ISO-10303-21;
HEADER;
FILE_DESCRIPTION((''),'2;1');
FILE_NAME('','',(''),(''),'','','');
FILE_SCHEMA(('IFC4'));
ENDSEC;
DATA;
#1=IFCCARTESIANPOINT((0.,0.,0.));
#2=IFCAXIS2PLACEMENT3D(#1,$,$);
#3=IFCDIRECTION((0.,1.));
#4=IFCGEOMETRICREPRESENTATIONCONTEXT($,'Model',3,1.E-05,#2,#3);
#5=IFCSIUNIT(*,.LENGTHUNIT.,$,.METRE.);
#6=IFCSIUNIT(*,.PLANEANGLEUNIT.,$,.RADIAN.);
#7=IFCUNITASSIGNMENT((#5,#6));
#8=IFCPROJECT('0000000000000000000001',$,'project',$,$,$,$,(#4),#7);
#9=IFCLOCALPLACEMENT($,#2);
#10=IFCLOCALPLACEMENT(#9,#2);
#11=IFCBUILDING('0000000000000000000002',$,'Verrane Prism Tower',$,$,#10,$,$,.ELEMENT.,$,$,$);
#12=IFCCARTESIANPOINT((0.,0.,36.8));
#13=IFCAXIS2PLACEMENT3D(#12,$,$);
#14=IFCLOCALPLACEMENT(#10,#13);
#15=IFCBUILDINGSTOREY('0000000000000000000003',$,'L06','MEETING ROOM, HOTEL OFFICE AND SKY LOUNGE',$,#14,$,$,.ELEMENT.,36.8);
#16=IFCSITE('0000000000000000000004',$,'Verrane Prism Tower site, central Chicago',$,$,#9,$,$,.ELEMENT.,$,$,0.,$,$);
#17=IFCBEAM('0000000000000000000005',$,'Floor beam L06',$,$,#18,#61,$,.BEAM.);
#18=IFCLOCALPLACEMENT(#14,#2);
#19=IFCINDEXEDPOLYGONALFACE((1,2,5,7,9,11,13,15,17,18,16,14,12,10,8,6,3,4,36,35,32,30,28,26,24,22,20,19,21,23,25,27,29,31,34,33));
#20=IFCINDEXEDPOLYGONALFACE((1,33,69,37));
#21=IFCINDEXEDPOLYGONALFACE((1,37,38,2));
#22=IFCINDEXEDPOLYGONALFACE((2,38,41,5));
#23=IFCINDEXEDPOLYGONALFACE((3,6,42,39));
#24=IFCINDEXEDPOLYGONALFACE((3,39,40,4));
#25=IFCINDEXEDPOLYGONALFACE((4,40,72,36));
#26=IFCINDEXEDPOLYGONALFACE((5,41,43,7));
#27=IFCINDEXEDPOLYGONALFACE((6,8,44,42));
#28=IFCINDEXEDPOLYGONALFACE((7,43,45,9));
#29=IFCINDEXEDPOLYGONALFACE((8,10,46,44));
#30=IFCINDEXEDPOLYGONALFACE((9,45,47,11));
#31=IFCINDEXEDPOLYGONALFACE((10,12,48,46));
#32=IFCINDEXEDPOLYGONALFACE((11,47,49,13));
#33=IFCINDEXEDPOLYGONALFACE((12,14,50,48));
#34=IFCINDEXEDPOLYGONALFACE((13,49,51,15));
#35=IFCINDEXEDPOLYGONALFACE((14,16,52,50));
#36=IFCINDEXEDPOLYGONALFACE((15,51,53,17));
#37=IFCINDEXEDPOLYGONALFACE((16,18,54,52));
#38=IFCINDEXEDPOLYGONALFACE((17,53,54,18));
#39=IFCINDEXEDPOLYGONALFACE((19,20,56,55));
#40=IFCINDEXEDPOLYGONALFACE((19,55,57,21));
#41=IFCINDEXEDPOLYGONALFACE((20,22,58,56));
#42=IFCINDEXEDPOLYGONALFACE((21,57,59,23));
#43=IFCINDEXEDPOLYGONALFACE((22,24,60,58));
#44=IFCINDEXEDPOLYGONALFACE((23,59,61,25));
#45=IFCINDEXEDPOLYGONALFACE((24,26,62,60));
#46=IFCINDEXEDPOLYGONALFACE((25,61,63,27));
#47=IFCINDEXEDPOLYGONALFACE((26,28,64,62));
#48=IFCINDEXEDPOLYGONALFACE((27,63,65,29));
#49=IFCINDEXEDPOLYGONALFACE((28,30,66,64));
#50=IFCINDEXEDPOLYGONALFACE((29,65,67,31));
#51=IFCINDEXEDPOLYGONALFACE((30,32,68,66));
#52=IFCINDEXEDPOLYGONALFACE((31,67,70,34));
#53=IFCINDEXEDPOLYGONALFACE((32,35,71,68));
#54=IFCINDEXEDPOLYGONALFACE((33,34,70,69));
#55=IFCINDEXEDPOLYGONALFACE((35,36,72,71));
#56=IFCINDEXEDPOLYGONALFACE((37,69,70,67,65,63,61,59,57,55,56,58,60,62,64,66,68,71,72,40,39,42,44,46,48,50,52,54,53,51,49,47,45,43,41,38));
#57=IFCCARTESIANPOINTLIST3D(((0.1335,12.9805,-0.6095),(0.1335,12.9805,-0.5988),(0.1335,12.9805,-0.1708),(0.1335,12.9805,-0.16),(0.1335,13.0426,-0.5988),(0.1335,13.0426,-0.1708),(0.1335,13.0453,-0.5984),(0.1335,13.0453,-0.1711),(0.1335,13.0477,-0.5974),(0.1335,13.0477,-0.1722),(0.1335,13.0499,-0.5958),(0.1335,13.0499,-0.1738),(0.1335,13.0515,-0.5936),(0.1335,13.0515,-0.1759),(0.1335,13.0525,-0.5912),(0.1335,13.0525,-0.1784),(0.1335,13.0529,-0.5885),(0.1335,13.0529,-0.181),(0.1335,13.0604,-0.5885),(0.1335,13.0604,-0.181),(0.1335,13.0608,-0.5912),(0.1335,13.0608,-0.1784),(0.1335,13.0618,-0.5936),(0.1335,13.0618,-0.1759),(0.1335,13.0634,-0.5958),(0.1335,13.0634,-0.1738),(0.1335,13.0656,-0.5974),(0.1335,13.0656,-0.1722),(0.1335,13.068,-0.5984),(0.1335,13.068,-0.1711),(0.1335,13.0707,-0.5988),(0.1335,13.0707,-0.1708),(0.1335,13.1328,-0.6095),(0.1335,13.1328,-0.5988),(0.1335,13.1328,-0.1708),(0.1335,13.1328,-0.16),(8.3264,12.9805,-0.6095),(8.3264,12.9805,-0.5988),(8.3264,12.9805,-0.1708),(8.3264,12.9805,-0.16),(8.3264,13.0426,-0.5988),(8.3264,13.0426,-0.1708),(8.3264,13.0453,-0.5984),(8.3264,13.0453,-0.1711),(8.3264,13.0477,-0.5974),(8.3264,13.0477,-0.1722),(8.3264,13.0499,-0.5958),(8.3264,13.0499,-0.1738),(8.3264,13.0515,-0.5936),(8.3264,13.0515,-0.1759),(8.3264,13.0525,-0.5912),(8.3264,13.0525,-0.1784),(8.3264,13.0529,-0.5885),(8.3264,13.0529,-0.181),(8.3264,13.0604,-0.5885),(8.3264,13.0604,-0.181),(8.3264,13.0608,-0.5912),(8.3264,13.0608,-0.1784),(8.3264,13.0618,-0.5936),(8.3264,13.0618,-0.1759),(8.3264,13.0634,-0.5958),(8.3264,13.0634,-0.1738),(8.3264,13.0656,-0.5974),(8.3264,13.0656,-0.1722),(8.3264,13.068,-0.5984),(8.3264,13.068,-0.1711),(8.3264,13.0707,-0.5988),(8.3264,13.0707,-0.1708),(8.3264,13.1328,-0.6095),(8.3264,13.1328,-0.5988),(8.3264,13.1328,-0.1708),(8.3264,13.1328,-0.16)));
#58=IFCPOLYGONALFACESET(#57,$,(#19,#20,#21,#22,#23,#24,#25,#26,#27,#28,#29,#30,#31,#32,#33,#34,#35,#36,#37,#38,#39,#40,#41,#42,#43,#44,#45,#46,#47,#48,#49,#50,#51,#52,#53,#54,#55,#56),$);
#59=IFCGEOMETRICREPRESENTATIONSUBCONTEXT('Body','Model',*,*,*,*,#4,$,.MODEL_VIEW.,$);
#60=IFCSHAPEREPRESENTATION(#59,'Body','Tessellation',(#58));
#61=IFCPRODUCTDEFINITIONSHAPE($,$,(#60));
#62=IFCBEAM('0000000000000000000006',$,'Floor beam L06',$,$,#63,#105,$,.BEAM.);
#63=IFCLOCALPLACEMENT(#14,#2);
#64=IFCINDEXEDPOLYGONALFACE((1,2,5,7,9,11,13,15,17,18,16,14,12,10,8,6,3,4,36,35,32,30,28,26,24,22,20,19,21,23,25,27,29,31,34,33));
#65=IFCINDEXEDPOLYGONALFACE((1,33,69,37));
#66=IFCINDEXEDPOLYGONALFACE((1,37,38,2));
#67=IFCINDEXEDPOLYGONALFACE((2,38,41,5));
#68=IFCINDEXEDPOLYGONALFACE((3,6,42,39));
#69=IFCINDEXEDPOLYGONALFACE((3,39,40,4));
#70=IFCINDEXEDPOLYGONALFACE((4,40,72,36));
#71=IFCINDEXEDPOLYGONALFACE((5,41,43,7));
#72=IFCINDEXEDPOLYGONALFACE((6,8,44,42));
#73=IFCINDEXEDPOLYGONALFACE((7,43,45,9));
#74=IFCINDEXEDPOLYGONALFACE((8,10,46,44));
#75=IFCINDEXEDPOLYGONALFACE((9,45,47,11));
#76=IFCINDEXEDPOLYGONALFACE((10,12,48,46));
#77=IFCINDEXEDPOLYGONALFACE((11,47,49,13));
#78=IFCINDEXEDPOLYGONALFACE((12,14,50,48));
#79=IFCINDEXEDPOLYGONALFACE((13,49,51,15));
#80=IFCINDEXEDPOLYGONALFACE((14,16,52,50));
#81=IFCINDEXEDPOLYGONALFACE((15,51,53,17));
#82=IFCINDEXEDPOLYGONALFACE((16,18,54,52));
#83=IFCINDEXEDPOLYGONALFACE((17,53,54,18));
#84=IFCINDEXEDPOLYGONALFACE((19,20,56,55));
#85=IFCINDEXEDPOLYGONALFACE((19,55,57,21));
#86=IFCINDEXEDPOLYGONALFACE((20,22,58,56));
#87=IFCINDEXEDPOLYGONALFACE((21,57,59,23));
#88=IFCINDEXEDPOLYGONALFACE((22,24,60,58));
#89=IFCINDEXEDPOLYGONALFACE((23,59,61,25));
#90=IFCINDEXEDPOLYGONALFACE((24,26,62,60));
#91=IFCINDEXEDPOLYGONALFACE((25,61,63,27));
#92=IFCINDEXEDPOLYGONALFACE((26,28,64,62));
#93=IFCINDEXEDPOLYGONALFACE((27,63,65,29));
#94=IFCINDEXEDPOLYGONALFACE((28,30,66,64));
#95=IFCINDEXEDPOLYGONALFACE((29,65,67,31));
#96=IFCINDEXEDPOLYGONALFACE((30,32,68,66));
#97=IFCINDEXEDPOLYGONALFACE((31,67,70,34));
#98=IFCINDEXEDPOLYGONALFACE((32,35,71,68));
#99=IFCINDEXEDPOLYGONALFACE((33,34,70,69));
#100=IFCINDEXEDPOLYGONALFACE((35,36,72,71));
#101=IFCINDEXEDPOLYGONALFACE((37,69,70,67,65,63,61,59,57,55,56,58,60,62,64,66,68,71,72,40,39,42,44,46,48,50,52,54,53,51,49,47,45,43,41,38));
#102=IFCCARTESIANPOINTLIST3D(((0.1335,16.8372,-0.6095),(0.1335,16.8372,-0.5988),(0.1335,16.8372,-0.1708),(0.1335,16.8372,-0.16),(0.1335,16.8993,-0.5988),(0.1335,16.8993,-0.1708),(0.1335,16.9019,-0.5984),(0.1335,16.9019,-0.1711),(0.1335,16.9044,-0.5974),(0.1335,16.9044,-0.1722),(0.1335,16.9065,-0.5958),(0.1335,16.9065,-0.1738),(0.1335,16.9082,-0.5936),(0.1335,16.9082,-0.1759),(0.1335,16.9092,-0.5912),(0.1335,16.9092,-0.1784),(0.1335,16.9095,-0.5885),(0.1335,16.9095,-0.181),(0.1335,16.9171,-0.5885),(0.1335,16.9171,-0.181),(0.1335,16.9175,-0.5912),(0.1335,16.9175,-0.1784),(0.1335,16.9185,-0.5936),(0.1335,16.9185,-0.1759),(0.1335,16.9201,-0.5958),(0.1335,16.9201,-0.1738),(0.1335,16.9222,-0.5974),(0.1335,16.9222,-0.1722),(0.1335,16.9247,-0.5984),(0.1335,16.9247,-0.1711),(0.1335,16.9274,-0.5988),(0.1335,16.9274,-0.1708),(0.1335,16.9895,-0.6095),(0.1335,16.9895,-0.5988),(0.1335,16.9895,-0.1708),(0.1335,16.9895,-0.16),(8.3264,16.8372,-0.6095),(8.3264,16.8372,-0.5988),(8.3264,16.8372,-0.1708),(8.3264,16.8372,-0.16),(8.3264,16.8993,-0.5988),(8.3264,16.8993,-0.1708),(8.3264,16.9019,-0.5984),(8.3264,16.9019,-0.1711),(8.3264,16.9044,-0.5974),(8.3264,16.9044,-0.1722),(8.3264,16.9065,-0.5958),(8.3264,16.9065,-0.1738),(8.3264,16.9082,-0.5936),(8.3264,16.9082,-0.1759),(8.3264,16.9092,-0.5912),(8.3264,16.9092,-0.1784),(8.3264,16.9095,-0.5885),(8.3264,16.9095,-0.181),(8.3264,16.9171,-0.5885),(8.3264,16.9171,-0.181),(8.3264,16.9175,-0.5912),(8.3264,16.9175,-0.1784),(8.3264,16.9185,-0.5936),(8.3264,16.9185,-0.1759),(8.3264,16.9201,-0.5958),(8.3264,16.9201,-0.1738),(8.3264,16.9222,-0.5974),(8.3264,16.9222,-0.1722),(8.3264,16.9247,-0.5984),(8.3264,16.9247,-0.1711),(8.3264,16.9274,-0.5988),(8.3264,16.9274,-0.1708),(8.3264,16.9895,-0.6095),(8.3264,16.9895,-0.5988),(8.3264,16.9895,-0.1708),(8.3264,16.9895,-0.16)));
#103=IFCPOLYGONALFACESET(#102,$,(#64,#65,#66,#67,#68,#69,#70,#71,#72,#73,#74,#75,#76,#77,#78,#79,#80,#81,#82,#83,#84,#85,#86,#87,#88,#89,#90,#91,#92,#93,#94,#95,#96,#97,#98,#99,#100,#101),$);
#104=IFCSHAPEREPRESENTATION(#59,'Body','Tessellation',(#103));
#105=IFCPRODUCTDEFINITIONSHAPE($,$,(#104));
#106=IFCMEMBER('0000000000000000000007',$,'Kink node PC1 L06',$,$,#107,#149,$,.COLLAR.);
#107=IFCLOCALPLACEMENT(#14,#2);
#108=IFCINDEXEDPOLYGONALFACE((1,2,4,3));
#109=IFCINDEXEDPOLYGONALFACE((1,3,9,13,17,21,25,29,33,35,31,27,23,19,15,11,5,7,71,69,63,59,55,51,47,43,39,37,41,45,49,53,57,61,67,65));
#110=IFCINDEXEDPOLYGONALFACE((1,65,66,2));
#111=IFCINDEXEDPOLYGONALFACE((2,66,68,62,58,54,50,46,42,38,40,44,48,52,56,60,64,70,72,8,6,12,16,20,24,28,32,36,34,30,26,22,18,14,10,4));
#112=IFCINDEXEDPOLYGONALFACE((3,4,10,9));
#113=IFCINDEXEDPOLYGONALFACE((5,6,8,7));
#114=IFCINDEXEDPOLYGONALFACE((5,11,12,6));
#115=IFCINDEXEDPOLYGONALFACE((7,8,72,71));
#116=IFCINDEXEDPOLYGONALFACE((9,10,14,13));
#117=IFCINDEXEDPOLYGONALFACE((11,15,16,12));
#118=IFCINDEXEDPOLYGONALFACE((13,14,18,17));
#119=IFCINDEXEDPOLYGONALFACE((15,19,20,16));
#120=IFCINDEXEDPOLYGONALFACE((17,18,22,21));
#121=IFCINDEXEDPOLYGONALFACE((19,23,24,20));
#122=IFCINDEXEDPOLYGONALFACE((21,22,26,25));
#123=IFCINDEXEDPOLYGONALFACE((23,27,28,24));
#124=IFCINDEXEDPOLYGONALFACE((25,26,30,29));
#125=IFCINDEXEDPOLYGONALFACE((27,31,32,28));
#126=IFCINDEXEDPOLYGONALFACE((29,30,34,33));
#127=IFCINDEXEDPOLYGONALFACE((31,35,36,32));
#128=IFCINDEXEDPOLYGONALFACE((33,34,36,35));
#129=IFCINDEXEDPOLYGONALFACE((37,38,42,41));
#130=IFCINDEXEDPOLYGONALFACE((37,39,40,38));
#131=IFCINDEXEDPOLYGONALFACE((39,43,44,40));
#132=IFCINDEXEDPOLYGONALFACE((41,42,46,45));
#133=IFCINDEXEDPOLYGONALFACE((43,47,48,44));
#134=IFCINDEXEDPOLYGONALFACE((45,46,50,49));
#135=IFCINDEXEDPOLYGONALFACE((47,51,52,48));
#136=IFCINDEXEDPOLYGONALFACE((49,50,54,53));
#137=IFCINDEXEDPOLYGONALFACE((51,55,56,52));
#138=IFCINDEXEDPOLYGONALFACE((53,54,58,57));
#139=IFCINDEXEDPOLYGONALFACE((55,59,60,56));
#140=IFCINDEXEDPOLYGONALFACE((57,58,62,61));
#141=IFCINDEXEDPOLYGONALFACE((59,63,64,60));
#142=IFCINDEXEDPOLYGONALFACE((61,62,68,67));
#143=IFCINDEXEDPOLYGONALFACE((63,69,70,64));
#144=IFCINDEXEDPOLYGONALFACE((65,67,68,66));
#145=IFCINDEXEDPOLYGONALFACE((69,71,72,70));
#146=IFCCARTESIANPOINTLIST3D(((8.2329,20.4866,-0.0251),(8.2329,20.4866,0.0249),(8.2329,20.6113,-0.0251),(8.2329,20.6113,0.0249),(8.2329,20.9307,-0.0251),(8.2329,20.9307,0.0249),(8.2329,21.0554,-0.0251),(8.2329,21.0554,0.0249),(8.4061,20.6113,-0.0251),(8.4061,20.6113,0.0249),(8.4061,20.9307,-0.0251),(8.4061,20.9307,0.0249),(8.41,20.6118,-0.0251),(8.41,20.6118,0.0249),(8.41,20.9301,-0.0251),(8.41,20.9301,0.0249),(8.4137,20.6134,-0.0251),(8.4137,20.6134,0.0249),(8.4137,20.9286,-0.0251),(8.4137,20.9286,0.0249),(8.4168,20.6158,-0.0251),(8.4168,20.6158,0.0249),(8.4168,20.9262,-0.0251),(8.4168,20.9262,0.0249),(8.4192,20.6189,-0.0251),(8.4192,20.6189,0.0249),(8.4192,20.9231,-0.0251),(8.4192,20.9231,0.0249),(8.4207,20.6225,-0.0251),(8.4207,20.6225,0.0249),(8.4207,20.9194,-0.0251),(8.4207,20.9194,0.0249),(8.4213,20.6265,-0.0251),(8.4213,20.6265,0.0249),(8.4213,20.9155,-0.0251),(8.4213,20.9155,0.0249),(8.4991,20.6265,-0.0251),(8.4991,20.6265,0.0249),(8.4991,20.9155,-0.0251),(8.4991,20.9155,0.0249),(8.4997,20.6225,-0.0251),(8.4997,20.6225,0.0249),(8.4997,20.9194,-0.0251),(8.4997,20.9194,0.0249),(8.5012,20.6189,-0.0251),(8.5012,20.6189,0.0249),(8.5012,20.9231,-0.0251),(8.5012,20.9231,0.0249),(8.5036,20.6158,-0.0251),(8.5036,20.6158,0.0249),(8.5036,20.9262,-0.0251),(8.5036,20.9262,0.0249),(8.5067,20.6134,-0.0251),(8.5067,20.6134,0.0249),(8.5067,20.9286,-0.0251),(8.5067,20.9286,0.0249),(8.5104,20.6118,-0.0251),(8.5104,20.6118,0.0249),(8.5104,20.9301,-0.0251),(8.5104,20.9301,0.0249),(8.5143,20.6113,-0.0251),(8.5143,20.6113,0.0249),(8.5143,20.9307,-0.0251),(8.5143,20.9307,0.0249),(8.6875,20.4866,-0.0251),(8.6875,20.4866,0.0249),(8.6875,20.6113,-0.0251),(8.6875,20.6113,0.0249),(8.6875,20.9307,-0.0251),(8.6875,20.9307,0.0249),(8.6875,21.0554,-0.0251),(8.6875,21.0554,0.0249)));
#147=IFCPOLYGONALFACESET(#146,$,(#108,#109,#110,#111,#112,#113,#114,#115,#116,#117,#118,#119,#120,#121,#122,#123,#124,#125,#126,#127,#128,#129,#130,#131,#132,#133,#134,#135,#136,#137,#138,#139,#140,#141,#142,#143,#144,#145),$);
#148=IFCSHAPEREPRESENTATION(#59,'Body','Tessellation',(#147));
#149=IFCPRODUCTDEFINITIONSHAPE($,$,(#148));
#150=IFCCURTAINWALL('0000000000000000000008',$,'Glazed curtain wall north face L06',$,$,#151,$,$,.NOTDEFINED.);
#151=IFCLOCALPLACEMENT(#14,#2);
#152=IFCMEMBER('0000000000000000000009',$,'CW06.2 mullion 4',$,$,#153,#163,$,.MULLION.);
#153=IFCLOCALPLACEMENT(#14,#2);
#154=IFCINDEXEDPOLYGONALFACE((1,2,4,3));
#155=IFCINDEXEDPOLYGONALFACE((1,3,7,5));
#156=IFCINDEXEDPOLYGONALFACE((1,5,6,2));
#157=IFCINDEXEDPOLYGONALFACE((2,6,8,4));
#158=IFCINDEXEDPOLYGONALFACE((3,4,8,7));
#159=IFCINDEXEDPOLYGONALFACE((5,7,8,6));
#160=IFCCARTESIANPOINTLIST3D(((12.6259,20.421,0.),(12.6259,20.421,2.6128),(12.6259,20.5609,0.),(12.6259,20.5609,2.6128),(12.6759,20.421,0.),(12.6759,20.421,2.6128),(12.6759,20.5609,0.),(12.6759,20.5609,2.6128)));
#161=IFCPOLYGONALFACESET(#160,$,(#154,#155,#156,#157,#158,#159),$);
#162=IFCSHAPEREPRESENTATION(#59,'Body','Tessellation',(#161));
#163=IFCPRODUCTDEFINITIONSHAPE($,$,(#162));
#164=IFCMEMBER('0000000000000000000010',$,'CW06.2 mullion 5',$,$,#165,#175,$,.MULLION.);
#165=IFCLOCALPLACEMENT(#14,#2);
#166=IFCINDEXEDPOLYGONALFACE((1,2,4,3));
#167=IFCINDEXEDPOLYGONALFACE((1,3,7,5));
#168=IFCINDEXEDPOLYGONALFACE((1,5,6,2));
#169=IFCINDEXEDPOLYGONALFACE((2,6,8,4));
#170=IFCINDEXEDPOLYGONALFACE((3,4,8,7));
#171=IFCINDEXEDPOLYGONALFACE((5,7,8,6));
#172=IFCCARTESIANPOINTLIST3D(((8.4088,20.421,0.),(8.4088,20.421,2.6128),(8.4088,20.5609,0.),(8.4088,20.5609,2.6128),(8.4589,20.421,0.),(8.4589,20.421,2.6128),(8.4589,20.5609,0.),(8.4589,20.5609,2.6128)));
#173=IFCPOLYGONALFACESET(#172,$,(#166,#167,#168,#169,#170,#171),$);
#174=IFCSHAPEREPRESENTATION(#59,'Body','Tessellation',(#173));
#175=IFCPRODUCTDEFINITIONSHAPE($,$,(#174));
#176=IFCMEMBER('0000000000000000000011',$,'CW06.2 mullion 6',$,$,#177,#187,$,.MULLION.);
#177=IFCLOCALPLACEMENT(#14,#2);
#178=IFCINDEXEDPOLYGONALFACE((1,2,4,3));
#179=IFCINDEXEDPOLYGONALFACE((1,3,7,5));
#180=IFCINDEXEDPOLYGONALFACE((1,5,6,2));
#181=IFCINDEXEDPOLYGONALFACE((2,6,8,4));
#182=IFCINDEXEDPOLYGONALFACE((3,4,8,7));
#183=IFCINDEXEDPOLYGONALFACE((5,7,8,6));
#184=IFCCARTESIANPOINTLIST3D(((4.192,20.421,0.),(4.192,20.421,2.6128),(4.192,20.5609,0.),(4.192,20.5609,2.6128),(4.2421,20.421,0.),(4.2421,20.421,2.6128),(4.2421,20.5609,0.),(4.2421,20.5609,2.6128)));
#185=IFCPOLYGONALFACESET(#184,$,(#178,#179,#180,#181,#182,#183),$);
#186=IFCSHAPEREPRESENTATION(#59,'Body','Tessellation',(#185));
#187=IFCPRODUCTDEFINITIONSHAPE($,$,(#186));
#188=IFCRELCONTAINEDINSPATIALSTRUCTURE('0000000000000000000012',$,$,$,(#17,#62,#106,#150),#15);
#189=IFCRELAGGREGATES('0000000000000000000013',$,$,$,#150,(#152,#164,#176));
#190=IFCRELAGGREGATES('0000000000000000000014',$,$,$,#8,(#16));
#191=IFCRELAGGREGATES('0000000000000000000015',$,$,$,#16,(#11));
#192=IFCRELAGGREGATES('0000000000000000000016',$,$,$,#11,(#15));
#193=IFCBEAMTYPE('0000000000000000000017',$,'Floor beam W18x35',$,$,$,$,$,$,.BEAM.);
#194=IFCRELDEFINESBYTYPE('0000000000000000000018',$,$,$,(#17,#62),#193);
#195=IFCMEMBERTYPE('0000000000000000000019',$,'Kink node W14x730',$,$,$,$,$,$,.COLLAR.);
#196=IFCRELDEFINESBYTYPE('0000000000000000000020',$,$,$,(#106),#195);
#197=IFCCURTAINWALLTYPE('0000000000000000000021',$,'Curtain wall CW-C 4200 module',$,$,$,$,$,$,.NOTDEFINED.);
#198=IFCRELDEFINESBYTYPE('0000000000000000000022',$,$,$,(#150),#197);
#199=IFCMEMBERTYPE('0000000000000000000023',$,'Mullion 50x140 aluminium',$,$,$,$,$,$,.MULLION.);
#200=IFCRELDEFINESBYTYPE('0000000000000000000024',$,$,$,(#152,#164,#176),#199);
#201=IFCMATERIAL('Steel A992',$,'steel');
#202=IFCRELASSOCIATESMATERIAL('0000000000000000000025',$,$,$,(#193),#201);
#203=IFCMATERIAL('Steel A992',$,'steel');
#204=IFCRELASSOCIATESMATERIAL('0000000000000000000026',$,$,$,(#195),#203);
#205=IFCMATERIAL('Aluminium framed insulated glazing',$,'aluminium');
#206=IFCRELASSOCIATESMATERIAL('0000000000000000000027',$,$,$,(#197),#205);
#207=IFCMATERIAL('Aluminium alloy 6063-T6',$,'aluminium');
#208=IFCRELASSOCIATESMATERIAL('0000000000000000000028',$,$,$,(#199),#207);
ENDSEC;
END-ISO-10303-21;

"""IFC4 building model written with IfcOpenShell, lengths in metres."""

from ifc_helpers import new_model, si_unit, direction, frame, origin, origin_2d, place, context, subcontext, project, spatial, rectangle, i_section, extrude, material, material_profile, profile_set, type_object, element, aggregate, save


model = new_model("IFC4")

# Units and contexts
model_context = context("Model", 3, precision=1e-05, world=origin(), true_north=direction((0.0, 1.0)))
body_context = subcontext(model_context, "Body", "Model", "MODEL_VIEW")
ifc_project = project(units=[si_unit("LENGTHUNIT", "METRE"), si_unit("PLANEANGLEUNIT", "RADIAN")], contexts=[model_context])

# Site, building, storey
site_placement = place(None, origin())
site = spatial("IfcSite", under=ifc_project, at=site_placement, Name="Verrane Prism Tower site, central Chicago", CompositionType="ELEMENT", RefElevation=0.0)
building_placement = place(site_placement, origin())
building = spatial("IfcBuilding", under=site, at=building_placement, Name="Verrane Prism Tower", CompositionType="ELEMENT")
storey_placement = place(building_placement, frame((0.0, 0.0, 36.8)))
storey = spatial("IfcBuildingStorey", under=building, at=storey_placement, Name="L06", Description="MEETING ROOM, HOTEL OFFICE AND SKY LOUNGE", CompositionType="ELEMENT", Elevation=36.8)

# Beams
ifc_material_1 = material(Name="Steel A992", Category="steel")
ifc_material_profile_1 = material_profile(ifc_material_1, i_section(OverallWidth=0.1523, OverallDepth=0.4495, WebThickness=0.0076, FlangeThickness=0.0107, FilletRadius=0.0103, at=origin_2d()), Name="W18x35")
ifc_profile_set_1 = profile_set([ifc_material_profile_1], Name="Steel A992")
beam_type_1 = type_object("IfcBeamType", Name="Floor beam W18x35", PredefinedType="BEAM", material=ifc_profile_set_1)
for number, where, z_axis, x_axis, name in (
    (1, (0.1335, 13.0566, -0.3848), (1.0, 0.0, 0.0), (0.0, 1.0, 0.0), "Floor beam L06"),
    (2, (0.1335, 16.9133, -0.3848), (1.0, 0.0, 0.0), (0.0, 1.0, 0.0), "Floor beam L06"),
):
    element("IfcBeam", number, at=place(storey_placement, frame(where, z_axis=z_axis, x_axis=x_axis)), inside=storey, type_object=beam_type_1, Name=name, PredefinedType="BEAM", context=body_context, shape_type="SweptSolid", body=[
        extrude(i_section(OverallWidth=0.1523, OverallDepth=0.4495, WebThickness=0.0076, FlangeThickness=0.0107, FilletRadius=0.0103, at=origin_2d()), origin(), (0.0, 0.0, 1.0), 8.1929),
    ])

# Member
ifc_material_2 = material(Name="Steel A992", Category="steel")
ifc_material_profile_2 = material_profile(ifc_material_2, i_section(OverallWidth=0.4546, OverallDepth=0.5688, WebThickness=0.0779, FlangeThickness=0.1248, FilletRadius=0.0151, at=origin_2d()), Name="W14x730")
ifc_profile_set_2 = profile_set([ifc_material_profile_2], Name="Steel A992")
member_type_1 = type_object("IfcMemberType", Name="Kink node W14x730", PredefinedType="COLLAR", material=ifc_profile_set_2)
member_1_placement = place(storey_placement, frame((8.4602, 20.771, -0.0251), z_axis=(0.0, 0.0, 1.0), x_axis=(1.0, 0.0, 0.0)))
element("IfcMember", 3, at=member_1_placement, inside=storey, type_object=member_type_1, Name="Kink node PC1 L06", PredefinedType="COLLAR", context=body_context, shape_type="SweptSolid", body=[
    extrude(i_section(OverallWidth=0.4546, OverallDepth=0.5688, WebThickness=0.0779, FlangeThickness=0.1248, FilletRadius=0.0151, at=origin_2d()), origin(), (0.0, 0.0, 1.0), 0.05),
])

# Curtain wall, members
ifc_material_3 = material(Name="Aluminium framed insulated glazing", Category="aluminium")
curtain_wall_type = type_object("IfcCurtainWallType", Name="Curtain wall CW-C 4200 module", PredefinedType="NOTDEFINED", material=ifc_material_3)
curtain_wall_placement = place(storey_placement, origin())
curtain_wall = element("IfcCurtainWall", 4, at=curtain_wall_placement, inside=storey, type_object=curtain_wall_type, Name="Glazed curtain wall north face L06", PredefinedType="NOTDEFINED")
ifc_material_4 = material(Name="Aluminium alloy 6063-T6", Category="aluminium")
ifc_material_profile_3 = material_profile(ifc_material_4, rectangle(XDim=0.1399, YDim=0.05, at=origin_2d()), Name="Mullion 50x140 aluminium")
ifc_profile_set_3 = profile_set([ifc_material_profile_3], Name="Aluminium alloy 6063-T6")
member_type_2 = type_object("IfcMemberType", Name="Mullion 50x140 aluminium", PredefinedType="MULLION", material=ifc_profile_set_3)
member_2_placement = place(storey_placement, frame((12.6509, 20.491, 0.0), z_axis=(0.0, 0.0, 1.0), x_axis=(0.0, -1.0, 0.0)))
member_2 = element("IfcMember", 5, at=member_2_placement, type_object=member_type_2, Name="CW06.2 mullion 4", PredefinedType="MULLION", context=body_context, shape_type="SweptSolid", body=[
    extrude(rectangle(XDim=0.1399, YDim=0.05, at=origin_2d()), origin(), (0.0, 0.0, 1.0), 2.6128),
])
member_3_placement = place(storey_placement, frame((8.4338, 20.491, 0.0), z_axis=(0.0, 0.0, 1.0), x_axis=(0.0, -1.0, 0.0)))
member_3 = element("IfcMember", 6, at=member_3_placement, type_object=member_type_2, Name="CW06.2 mullion 5", PredefinedType="MULLION", context=body_context, shape_type="SweptSolid", body=[
    extrude(rectangle(XDim=0.1399, YDim=0.05, at=origin_2d()), origin(), (0.0, 0.0, 1.0), 2.6128),
])
member_4_placement = place(storey_placement, frame((4.217, 20.491, 0.0), z_axis=(0.0, 0.0, 1.0), x_axis=(0.0, -1.0, 0.0)))
member_4 = element("IfcMember", 7, at=member_4_placement, type_object=member_type_2, Name="CW06.2 mullion 6", PredefinedType="MULLION", context=body_context, shape_type="SweptSolid", body=[
    extrude(rectangle(XDim=0.1399, YDim=0.05, at=origin_2d()), origin(), (0.0, 0.0, 1.0), 2.6128),
])

aggregate(curtain_wall, [member_2, member_3, member_4])

save(model, "model.ifc")
